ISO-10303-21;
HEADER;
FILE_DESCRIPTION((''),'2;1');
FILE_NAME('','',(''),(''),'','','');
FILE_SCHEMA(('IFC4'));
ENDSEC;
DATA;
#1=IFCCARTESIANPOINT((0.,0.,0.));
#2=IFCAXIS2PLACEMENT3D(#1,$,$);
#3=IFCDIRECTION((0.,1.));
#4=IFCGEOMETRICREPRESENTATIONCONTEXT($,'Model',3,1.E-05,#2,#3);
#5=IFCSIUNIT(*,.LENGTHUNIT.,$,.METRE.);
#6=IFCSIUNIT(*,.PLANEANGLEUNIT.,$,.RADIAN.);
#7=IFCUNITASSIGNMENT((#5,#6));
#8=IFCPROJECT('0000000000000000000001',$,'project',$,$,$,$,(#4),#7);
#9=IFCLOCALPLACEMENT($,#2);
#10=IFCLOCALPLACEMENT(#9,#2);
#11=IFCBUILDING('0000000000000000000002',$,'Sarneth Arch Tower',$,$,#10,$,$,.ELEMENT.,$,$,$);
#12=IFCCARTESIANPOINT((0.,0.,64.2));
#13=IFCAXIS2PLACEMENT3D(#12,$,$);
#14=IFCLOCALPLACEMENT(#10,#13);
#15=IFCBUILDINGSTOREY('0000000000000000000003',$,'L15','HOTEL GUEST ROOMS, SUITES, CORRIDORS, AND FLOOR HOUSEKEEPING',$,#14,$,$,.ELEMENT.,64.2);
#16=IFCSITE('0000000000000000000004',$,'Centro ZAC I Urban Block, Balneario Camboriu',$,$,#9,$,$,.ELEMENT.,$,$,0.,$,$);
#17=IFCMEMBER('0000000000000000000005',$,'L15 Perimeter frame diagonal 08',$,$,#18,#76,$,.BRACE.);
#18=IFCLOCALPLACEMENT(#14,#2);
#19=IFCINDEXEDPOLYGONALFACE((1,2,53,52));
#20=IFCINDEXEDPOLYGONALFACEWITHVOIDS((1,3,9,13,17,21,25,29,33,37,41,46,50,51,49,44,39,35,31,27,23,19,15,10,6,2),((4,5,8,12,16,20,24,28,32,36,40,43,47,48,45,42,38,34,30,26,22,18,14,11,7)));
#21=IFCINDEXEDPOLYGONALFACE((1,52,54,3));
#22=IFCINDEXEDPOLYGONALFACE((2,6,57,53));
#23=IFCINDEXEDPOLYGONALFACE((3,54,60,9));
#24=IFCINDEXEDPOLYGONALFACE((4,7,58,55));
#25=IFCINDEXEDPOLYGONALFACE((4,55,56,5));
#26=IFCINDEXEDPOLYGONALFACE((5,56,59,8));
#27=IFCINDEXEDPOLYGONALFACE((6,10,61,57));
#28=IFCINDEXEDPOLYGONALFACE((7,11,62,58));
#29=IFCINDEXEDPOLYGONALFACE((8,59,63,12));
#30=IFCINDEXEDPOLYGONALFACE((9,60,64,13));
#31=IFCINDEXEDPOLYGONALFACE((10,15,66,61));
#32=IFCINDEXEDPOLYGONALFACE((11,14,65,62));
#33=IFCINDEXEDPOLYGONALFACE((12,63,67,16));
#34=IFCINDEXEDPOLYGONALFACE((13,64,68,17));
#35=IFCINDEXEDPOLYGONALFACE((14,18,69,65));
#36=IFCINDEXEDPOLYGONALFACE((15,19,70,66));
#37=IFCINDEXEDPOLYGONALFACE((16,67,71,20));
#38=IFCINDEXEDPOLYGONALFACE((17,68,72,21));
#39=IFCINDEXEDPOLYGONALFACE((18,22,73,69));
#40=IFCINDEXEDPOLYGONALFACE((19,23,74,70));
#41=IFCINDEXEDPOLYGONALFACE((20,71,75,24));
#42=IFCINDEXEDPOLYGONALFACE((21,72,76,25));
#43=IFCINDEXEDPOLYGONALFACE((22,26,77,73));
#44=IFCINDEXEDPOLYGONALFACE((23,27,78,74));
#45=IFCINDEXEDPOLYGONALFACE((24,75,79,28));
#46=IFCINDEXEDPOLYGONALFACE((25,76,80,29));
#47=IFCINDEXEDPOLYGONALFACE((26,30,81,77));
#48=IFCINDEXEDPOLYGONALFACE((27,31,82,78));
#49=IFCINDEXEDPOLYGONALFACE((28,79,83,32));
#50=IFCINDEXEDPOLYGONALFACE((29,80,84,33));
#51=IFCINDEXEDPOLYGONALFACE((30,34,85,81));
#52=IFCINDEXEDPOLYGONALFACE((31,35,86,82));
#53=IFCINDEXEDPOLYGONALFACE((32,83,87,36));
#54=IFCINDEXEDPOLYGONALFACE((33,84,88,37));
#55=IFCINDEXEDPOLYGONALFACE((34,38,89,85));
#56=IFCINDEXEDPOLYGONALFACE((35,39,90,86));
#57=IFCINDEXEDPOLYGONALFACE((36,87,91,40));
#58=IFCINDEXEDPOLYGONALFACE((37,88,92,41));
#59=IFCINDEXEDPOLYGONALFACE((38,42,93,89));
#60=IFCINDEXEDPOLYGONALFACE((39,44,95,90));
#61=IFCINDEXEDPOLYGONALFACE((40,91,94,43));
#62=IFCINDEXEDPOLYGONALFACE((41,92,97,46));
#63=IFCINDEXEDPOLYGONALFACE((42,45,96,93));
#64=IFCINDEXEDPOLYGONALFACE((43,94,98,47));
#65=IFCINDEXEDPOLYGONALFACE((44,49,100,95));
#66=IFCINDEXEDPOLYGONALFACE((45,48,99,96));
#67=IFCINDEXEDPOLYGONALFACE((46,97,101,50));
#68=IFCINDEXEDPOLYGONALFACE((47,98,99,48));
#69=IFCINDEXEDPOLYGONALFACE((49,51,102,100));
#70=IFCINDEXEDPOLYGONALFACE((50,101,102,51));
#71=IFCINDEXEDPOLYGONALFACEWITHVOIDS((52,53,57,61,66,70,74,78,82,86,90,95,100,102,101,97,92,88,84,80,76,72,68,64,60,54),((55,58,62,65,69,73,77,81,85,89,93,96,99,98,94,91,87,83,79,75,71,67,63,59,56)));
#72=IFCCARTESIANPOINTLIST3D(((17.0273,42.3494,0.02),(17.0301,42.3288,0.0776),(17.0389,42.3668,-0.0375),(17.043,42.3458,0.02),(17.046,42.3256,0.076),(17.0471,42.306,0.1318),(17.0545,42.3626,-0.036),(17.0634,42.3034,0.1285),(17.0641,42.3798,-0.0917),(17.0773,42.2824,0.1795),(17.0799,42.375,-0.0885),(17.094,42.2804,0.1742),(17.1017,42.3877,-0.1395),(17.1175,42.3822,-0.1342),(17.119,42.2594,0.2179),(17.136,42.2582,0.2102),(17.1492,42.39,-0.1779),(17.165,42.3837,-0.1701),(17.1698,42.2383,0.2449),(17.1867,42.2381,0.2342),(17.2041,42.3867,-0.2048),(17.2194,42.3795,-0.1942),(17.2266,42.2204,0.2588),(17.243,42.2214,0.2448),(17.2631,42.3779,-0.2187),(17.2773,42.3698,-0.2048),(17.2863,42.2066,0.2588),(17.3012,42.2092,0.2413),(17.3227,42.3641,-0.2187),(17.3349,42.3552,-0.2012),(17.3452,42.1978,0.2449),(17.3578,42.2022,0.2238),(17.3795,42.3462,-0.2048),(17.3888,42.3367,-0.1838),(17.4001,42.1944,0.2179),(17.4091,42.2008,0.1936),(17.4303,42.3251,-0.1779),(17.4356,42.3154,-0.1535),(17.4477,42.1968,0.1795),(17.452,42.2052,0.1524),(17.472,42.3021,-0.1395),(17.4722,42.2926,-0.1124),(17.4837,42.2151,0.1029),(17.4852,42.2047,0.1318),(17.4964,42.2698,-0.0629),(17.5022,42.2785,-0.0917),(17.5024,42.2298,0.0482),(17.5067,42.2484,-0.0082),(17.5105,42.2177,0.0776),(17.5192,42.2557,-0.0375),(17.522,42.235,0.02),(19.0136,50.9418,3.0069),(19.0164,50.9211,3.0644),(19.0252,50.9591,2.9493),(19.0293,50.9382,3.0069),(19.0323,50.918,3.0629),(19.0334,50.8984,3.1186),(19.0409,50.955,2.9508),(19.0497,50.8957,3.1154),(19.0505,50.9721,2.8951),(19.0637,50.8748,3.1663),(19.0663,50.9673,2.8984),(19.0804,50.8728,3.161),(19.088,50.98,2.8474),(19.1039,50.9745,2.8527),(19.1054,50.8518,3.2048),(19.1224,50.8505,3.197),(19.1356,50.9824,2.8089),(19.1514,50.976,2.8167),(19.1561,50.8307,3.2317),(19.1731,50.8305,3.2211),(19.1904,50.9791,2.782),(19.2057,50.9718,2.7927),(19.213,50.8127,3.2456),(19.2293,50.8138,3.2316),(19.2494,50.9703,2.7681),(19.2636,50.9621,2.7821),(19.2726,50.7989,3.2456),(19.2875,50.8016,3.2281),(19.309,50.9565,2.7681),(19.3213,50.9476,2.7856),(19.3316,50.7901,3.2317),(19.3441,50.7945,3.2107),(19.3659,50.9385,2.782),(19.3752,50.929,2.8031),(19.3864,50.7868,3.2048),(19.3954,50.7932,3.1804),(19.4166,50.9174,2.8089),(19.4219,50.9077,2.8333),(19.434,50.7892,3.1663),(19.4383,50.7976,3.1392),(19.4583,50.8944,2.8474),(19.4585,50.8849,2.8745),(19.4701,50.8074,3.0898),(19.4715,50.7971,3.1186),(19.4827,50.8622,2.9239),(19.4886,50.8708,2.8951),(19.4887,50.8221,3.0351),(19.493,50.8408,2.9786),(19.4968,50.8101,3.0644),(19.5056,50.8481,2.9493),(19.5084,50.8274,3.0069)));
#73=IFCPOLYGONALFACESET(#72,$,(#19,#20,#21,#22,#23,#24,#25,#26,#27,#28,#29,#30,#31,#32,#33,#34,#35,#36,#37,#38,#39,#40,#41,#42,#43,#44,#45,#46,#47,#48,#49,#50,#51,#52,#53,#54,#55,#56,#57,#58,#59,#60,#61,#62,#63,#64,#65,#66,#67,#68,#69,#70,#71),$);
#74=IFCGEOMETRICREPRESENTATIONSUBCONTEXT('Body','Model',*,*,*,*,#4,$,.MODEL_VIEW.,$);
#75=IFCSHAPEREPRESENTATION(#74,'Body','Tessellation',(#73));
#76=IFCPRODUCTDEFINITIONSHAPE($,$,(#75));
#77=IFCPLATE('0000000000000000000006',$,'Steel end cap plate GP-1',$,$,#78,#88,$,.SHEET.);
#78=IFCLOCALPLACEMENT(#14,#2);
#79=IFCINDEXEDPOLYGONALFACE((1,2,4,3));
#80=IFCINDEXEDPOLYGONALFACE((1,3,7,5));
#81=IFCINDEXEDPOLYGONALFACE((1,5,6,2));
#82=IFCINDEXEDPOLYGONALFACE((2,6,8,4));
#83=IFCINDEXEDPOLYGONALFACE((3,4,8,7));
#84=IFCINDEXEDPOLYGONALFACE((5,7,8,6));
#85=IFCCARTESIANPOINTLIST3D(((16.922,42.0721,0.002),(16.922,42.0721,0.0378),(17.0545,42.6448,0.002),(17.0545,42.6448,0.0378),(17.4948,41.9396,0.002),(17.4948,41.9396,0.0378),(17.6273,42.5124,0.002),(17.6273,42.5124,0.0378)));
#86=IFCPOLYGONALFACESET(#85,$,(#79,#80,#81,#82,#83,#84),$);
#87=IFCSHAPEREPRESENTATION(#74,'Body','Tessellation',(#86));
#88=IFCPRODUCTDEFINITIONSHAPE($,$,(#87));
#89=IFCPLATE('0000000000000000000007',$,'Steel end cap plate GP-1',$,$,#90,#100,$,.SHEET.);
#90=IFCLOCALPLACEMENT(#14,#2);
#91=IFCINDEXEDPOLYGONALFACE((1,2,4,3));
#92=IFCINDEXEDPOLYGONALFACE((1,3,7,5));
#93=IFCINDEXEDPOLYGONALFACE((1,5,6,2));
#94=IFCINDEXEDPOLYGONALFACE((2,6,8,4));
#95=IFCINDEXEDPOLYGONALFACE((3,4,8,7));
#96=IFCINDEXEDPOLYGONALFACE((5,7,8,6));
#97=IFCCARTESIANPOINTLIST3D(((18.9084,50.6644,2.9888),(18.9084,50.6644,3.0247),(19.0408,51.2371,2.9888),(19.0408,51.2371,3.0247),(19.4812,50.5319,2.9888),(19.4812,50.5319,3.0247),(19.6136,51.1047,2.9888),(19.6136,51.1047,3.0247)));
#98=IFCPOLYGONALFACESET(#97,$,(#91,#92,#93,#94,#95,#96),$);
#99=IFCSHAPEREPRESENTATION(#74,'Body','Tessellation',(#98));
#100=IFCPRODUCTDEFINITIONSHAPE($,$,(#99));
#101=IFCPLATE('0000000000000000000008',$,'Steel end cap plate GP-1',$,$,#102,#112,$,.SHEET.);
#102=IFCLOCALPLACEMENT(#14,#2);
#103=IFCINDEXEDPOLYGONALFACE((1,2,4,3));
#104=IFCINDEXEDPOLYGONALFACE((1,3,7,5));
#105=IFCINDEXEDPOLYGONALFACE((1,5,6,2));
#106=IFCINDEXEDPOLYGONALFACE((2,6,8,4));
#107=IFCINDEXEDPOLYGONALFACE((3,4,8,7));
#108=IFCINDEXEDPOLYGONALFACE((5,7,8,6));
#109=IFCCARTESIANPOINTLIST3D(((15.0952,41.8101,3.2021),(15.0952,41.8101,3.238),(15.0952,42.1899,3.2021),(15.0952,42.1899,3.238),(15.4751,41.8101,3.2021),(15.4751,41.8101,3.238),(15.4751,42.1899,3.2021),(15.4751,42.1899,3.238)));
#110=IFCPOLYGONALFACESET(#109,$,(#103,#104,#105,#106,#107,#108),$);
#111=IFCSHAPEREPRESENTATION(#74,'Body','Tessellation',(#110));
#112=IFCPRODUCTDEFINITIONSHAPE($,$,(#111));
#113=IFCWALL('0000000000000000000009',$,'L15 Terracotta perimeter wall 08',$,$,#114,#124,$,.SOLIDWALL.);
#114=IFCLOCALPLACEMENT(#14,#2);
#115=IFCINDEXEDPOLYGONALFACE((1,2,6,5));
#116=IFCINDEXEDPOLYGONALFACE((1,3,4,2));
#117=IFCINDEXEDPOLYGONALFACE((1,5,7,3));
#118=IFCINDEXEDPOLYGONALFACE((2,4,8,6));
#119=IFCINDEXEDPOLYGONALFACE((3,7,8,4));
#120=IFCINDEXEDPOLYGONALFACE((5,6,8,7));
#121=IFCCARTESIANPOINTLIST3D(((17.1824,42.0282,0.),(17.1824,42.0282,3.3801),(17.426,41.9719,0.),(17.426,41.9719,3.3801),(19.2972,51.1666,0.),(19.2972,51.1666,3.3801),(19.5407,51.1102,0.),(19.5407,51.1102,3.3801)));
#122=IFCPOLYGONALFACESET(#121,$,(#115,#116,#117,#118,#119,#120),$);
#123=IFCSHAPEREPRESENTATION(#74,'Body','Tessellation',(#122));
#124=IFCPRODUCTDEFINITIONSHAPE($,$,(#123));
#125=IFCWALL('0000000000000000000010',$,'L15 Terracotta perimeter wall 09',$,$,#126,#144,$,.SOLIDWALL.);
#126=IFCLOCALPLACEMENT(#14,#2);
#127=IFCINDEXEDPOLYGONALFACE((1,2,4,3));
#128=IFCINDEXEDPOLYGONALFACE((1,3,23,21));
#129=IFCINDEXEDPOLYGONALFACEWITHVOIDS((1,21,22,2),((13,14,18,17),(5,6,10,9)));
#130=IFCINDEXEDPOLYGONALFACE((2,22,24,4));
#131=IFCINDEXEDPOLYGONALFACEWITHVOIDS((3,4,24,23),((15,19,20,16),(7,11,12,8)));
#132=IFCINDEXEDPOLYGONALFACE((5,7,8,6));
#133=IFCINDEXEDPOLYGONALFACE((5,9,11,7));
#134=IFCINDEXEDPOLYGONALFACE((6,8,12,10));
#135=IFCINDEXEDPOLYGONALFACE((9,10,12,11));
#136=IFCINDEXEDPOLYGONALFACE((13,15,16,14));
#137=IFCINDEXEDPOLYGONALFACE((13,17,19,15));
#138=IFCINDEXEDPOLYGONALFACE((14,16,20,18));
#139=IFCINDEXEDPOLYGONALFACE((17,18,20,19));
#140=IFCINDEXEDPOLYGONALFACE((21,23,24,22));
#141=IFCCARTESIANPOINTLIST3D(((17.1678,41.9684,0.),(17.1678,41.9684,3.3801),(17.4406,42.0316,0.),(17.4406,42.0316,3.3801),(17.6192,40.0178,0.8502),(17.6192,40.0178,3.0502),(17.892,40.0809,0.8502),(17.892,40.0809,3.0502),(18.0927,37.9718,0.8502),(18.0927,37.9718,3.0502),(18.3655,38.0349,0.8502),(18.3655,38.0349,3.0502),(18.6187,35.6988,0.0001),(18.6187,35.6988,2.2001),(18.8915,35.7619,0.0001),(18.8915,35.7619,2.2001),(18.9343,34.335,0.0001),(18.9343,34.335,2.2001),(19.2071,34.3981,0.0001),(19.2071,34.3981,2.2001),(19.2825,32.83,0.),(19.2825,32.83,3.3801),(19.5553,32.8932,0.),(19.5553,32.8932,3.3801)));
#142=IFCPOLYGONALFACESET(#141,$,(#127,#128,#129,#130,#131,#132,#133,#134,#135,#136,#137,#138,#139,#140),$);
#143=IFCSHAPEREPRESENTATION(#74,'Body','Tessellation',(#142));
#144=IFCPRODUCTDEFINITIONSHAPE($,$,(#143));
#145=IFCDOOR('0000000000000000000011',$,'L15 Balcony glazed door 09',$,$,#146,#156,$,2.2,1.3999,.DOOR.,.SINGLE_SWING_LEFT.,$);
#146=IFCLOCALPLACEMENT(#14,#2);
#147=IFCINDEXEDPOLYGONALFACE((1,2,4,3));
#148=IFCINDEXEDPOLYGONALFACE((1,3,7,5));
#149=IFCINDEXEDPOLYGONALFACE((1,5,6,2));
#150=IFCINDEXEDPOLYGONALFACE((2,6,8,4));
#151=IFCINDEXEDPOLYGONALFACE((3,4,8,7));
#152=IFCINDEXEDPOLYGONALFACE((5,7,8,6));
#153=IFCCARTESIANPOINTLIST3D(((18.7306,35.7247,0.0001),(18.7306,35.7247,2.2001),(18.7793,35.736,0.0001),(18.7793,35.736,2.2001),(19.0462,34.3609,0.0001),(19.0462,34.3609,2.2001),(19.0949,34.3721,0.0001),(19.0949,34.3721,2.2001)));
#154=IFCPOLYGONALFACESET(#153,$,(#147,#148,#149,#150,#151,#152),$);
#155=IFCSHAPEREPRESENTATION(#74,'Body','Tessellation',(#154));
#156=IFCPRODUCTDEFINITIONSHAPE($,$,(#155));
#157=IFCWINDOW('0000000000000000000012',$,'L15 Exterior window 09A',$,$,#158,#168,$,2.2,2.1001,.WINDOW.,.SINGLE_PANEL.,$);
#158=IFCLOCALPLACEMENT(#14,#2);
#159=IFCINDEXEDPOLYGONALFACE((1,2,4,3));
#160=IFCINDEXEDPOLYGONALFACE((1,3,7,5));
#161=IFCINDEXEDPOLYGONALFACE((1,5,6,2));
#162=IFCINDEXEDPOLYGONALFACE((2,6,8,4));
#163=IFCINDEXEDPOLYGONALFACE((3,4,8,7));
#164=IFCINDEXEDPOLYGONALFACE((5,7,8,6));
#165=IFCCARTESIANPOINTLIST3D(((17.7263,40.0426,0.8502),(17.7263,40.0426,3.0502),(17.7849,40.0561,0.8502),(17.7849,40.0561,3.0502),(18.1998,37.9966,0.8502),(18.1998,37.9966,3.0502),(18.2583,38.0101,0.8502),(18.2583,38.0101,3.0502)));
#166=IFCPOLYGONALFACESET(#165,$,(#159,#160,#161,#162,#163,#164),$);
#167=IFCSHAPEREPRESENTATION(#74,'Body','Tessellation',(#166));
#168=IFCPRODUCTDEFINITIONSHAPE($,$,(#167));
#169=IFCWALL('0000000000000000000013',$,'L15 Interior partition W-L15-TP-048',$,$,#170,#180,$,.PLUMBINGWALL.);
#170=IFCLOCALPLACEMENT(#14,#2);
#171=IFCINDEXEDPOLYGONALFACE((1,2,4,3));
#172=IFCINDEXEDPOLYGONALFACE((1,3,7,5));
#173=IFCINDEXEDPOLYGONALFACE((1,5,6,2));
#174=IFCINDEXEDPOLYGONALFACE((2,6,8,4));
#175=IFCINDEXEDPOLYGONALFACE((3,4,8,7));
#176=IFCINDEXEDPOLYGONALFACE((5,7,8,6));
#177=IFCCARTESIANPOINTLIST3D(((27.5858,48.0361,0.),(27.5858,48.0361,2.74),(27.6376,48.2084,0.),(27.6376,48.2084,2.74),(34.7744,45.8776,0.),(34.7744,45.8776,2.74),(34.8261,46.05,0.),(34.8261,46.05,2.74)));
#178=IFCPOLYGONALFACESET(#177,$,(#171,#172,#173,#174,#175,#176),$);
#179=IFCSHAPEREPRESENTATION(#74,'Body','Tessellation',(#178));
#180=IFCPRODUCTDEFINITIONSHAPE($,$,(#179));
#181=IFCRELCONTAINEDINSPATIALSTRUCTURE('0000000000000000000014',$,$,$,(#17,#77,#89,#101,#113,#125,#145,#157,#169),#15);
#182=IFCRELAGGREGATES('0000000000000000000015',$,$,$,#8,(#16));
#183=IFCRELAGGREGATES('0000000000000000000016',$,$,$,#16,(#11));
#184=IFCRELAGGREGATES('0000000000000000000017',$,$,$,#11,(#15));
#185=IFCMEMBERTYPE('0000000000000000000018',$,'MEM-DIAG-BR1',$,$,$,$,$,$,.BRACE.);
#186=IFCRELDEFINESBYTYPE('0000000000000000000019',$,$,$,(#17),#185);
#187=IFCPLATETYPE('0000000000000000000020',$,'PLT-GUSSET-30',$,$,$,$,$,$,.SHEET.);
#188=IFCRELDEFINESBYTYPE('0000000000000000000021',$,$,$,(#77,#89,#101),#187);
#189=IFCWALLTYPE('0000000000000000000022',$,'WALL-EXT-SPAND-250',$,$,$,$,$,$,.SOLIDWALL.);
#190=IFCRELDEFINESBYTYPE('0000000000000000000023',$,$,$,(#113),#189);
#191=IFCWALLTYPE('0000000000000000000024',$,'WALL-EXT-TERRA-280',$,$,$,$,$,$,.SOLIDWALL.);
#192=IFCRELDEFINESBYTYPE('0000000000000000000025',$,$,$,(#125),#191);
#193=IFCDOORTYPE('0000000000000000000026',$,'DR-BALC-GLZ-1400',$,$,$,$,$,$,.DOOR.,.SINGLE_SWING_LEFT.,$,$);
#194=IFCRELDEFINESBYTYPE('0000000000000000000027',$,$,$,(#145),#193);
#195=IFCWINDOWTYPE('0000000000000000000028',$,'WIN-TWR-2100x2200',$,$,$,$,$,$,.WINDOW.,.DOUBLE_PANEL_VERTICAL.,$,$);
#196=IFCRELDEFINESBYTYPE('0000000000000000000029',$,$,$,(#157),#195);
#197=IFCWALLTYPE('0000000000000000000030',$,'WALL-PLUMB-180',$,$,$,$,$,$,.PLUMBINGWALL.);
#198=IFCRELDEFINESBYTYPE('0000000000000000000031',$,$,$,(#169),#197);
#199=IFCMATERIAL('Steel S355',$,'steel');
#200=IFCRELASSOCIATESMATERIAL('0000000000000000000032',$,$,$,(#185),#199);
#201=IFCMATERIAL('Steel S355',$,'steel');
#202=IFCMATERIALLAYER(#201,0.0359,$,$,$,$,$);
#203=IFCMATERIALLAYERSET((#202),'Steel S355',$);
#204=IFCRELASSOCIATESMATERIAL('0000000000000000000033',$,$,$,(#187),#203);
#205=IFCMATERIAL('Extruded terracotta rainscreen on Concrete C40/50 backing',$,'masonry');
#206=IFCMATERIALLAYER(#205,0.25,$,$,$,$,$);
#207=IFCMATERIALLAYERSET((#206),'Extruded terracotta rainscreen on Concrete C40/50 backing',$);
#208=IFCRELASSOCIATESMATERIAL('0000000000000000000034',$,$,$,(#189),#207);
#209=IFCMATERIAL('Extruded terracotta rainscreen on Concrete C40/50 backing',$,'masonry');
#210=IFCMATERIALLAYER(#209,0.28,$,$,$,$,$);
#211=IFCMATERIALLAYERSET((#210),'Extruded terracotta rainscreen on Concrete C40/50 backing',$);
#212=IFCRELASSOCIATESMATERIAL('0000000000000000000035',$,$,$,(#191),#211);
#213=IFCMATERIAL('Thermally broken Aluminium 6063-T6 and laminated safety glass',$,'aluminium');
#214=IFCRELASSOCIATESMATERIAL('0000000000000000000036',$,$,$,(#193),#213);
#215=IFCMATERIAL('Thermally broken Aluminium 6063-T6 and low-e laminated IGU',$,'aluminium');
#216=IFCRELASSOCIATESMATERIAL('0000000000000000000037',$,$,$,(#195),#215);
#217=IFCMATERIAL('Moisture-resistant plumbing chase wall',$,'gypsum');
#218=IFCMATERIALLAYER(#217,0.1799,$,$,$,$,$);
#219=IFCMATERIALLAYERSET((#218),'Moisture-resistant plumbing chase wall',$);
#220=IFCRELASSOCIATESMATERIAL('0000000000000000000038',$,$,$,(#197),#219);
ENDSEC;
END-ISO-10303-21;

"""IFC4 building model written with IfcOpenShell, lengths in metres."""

from ifc_helpers import new_model, si_unit, direction, frame, frame_2d, origin, origin_2d, place, context, subcontext, project, spatial, rectangle, hollow_circle, extrude, material, layer, layer_set, material_profile, profile_set, type_object, element, fill, save


model = new_model("IFC4")

# Units and contexts
model_context = context("Model", 3, precision=1e-05, world=origin(), true_north=direction((0.0, 1.0)))
body_context = subcontext(model_context, "Body", "Model", "MODEL_VIEW")
ifc_project = project(units=[si_unit("LENGTHUNIT", "METRE"), si_unit("PLANEANGLEUNIT", "RADIAN")], contexts=[model_context])

# Site, building, storey
site_placement = place(None, origin())
site = spatial("IfcSite", under=ifc_project, at=site_placement, Name="Centro ZAC I Urban Block, Balneario Camboriu", CompositionType="ELEMENT", RefElevation=0.0)
building_placement = place(site_placement, origin())
building = spatial("IfcBuilding", under=site, at=building_placement, Name="Sarneth Arch Tower", CompositionType="ELEMENT")
storey_placement = place(building_placement, frame((0.0, 0.0, 64.2)))
storey = spatial("IfcBuildingStorey", under=building, at=storey_placement, Name="L15", Description="HOTEL GUEST ROOMS, SUITES, CORRIDORS, AND FLOOR HOUSEKEEPING", CompositionType="ELEMENT", Elevation=64.2)

# Member
ifc_material_1 = material(Name="Steel S355", Category="steel")
ifc_material_profile_1 = material_profile(ifc_material_1, hollow_circle(Radius=0.2539, WallThickness=0.0161, at=origin_2d()), Name="CHS508x16")
ifc_profile_set_1 = profile_set([ifc_material_profile_1], Name="Steel S355")
member_type_1 = type_object("IfcMemberType", Name="MEM-DIAG-BR1", PredefinedType="BRACE", material=ifc_profile_set_1)
member_1_placement = place(storey_placement, frame((17.2747, 42.2922, 0.02), z_axis=(0.213332, 0.922814, 0.320785), x_axis=(-0.974304, 0.225236, 0.0)))
element("IfcMember", 1, at=member_1_placement, inside=storey, type_object=member_type_1, Name="L15 Perimeter frame diagonal 08", PredefinedType="BRACE", context=body_context, shape_type="SweptSolid", body=[
    extrude(hollow_circle(Radius=0.2539, WallThickness=0.0161, at=origin_2d()), origin(), (0.0, 0.0, 1.0), 9.311),
])

# Plates
ifc_material_2 = material(Name="Steel S355", Category="steel")
ifc_layer_1 = layer(ifc_material_2, 0.0359)
ifc_layer_set_1 = layer_set([ifc_layer_1], Name="Steel S355")
plate_type = type_object("IfcPlateType", Name="PLT-GUSSET-30", PredefinedType="SHEET", material=ifc_layer_set_1)
for number, where, z_axis, x_axis, name in (
    (2, (17.2747, 42.2922, 0.002), (0.0, 0.0, 1.0), (-0.225291, -0.974291, 0.0), "Steel end cap plate GP-1"),
    (3, (19.261, 50.8845, 2.9888), (0.0, 0.0, 1.0), (-0.225291, -0.974291, 0.0), "Steel end cap plate GP-1"),
):
    element("IfcPlate", number, at=place(storey_placement, frame(where, z_axis=z_axis, x_axis=x_axis)), inside=storey, type_object=plate_type, Name=name, PredefinedType="SHEET", context=body_context, shape_type="SweptSolid", body=[
        extrude(rectangle(XDim=0.5879, YDim=0.5879, at=origin_2d()), origin(), (0.0, 0.0, 1.0), 0.0359),
    ])
plate_placement = place(storey_placement, frame((15.2852, 42.0, 3.2021), z_axis=(0.0, 0.0, 1.0), x_axis=(-1.0, 0.0, 0.0)))
element("IfcPlate", 4, at=plate_placement, inside=storey, type_object=plate_type, Name="Steel end cap plate GP-1", PredefinedType="SHEET", context=body_context, shape_type="SweptSolid", body=[
    extrude(rectangle(XDim=0.3799, YDim=0.3799, at=origin_2d()), origin(), (0.0, 0.0, 1.0), 0.0359),
])

# Wall
ifc_material_3 = material(Name="Extruded terracotta rainscreen on Concrete C40/50 backing", Category="masonry")
ifc_layer_2 = layer(ifc_material_3, 0.25)
ifc_layer_set_2 = layer_set([ifc_layer_2], Name="Extruded terracotta rainscreen on Concrete C40/50 backing")
wall_type_1 = type_object("IfcWallType", Name="WALL-EXT-SPAND-250", PredefinedType="SOLIDWALL", material=ifc_layer_set_2)
wall_1_placement = place(storey_placement, frame((19.4189, 51.1384, 0.0), z_axis=(0.0, 0.0, 1.0), x_axis=(-0.225454, -0.974254, 0.0)))
element("IfcWall", 5, at=wall_1_placement, inside=storey, type_object=wall_type_1, Name="L15 Terracotta perimeter wall 08", PredefinedType="SOLIDWALL", context=body_context, shape_type="SweptSolid", body=[
    extrude(rectangle(XDim=9.3799, YDim=0.25, at=frame_2d((4.6899, 0.0))), origin(), (0.0, 0.0, 1.0), 3.3801),
])

# Wall, openings, door, window
ifc_material_4 = material(Name="Extruded terracotta rainscreen on Concrete C40/50 backing", Category="masonry")
ifc_layer_3 = layer(ifc_material_4, 0.28)
ifc_layer_set_3 = layer_set([ifc_layer_3], Name="Extruded terracotta rainscreen on Concrete C40/50 backing")
wall_type_2 = type_object("IfcWallType", Name="WALL-EXT-TERRA-280", PredefinedType="SOLIDWALL", material=ifc_layer_set_3)
wall_2_placement = place(storey_placement, frame((17.3042, 42.0, 0.0), z_axis=(0.0, 0.0, 1.0), x_axis=(0.225454, -0.974254, 0.0)))
wall_2 = element("IfcWall", 6, at=wall_2_placement, inside=storey, type_object=wall_type_2, Name="L15 Terracotta perimeter wall 09", PredefinedType="SOLIDWALL", context=body_context, shape_type="SweptSolid", body=[
    extrude(rectangle(XDim=9.3799, YDim=0.28, at=frame_2d((4.6899, 0.0))), origin(), (0.0, 0.0, 1.0), 3.3801),
])
opening_1_placement = place(wall_2_placement, frame((2.0022, 0.0, 0.8501)))
opening_1 = element("IfcOpeningElement", 7, at=opening_1_placement, cuts=wall_2, PredefinedType="OPENING", context=body_context, shape_type="SweptSolid", body=[
    extrude(rectangle(XDim=2.1001, YDim=2.2, at=frame_2d((1.05, 1.1001))), frame((0.0, 0.1499, 0.0), z_axis=(0.0, -1.0, 0.0), x_axis=(1.0, 0.0, 0.0)), (0.0, 0.0, 1.0), 0.3),
])
opening_2_placement = place(wall_2_placement, frame((6.4353, 0.0, 0.0)))
opening_2 = element("IfcOpeningElement", 8, at=opening_2_placement, cuts=wall_2, PredefinedType="OPENING", context=body_context, shape_type="SweptSolid", body=[
    extrude(rectangle(XDim=1.3999, YDim=2.2, at=frame_2d((0.7, 1.1001))), frame((0.0, 0.1499, 0.0), z_axis=(0.0, -1.0, 0.0), x_axis=(1.0, 0.0, 0.0)), (0.0, 0.0, 1.0), 0.3),
])
ifc_material_5 = material(Name="Thermally broken Aluminium 6063-T6 and laminated safety glass", Category="aluminium")
door_type_1 = type_object("IfcDoorType", Name="DR-BALC-GLZ-1400", OperationType="SINGLE_SWING_LEFT", PredefinedType="DOOR", material=ifc_material_5)
door_1_placement = place(opening_2_placement, origin())
door_1 = element("IfcDoor", 9, at=door_1_placement, inside=storey, type_object=door_type_1, Name="L15 Balcony glazed door 09", OperationType="SINGLE_SWING_LEFT", OverallHeight=2.2, OverallWidth=1.3999, PredefinedType="DOOR", context=body_context, shape_type="SweptSolid", body=[
    extrude(rectangle(XDim=1.3999, YDim=2.2, at=frame_2d((0.7, 1.1001))), frame((0.0, 0.0249, 0.0), z_axis=(0.0, -1.0, 0.0), x_axis=(1.0, 0.0, 0.0)), (0.0, 0.0, 1.0), 0.05),
])
fill(opening_2, door_1)
ifc_material_6 = material(Name="Thermally broken Aluminium 6063-T6 and low-e laminated IGU", Category="aluminium")
window_type = type_object("IfcWindowType", Name="WIN-TWR-2100x2200", PartitioningType="DOUBLE_PANEL_VERTICAL", PredefinedType="WINDOW", material=ifc_material_6)
window_placement = place(opening_1_placement, origin())
window = element("IfcWindow", 10, at=window_placement, inside=storey, type_object=window_type, Name="L15 Exterior window 09A", OverallHeight=2.2, OverallWidth=2.1001, PartitioningType="SINGLE_PANEL", PredefinedType="WINDOW", context=body_context, shape_type="SweptSolid", body=[
    extrude(rectangle(XDim=2.1001, YDim=2.2, at=frame_2d((1.05, 1.1001))), frame((0.0, 0.03, 0.0), z_axis=(0.0, -1.0, 0.0), x_axis=(1.0, 0.0, 0.0)), (0.0, 0.0, 1.0), 0.0601),
])
fill(opening_1, window)

# Wall
ifc_material_7 = material(Name="Moisture-resistant plumbing chase wall", Category="gypsum")
ifc_layer_4 = layer(ifc_material_7, 0.1799)
ifc_layer_set_4 = layer_set([ifc_layer_4], Name="Moisture-resistant plumbing chase wall")
wall_type_3 = type_object("IfcWallType", Name="WALL-PLUMB-180", PredefinedType="PLUMBINGWALL", material=ifc_layer_set_4)
wall_3_placement = place(storey_placement, frame((27.6116, 48.1223, 0.0), z_axis=(0.0, 0.0, 1.0), x_axis=(0.957756, -0.287581, 0.0)))
element("IfcWall", 11, at=wall_3_placement, inside=storey, type_object=wall_type_3, Name="L15 Interior partition W-L15-TP-048", PredefinedType="PLUMBINGWALL", context=body_context, shape_type="SweptSolid", body=[
    extrude(rectangle(XDim=7.5056, YDim=0.1799, at=frame_2d((3.7529, 0.0))), origin(), (0.0, 0.0, 1.0), 2.74),
])

save(model, "model.ifc")
